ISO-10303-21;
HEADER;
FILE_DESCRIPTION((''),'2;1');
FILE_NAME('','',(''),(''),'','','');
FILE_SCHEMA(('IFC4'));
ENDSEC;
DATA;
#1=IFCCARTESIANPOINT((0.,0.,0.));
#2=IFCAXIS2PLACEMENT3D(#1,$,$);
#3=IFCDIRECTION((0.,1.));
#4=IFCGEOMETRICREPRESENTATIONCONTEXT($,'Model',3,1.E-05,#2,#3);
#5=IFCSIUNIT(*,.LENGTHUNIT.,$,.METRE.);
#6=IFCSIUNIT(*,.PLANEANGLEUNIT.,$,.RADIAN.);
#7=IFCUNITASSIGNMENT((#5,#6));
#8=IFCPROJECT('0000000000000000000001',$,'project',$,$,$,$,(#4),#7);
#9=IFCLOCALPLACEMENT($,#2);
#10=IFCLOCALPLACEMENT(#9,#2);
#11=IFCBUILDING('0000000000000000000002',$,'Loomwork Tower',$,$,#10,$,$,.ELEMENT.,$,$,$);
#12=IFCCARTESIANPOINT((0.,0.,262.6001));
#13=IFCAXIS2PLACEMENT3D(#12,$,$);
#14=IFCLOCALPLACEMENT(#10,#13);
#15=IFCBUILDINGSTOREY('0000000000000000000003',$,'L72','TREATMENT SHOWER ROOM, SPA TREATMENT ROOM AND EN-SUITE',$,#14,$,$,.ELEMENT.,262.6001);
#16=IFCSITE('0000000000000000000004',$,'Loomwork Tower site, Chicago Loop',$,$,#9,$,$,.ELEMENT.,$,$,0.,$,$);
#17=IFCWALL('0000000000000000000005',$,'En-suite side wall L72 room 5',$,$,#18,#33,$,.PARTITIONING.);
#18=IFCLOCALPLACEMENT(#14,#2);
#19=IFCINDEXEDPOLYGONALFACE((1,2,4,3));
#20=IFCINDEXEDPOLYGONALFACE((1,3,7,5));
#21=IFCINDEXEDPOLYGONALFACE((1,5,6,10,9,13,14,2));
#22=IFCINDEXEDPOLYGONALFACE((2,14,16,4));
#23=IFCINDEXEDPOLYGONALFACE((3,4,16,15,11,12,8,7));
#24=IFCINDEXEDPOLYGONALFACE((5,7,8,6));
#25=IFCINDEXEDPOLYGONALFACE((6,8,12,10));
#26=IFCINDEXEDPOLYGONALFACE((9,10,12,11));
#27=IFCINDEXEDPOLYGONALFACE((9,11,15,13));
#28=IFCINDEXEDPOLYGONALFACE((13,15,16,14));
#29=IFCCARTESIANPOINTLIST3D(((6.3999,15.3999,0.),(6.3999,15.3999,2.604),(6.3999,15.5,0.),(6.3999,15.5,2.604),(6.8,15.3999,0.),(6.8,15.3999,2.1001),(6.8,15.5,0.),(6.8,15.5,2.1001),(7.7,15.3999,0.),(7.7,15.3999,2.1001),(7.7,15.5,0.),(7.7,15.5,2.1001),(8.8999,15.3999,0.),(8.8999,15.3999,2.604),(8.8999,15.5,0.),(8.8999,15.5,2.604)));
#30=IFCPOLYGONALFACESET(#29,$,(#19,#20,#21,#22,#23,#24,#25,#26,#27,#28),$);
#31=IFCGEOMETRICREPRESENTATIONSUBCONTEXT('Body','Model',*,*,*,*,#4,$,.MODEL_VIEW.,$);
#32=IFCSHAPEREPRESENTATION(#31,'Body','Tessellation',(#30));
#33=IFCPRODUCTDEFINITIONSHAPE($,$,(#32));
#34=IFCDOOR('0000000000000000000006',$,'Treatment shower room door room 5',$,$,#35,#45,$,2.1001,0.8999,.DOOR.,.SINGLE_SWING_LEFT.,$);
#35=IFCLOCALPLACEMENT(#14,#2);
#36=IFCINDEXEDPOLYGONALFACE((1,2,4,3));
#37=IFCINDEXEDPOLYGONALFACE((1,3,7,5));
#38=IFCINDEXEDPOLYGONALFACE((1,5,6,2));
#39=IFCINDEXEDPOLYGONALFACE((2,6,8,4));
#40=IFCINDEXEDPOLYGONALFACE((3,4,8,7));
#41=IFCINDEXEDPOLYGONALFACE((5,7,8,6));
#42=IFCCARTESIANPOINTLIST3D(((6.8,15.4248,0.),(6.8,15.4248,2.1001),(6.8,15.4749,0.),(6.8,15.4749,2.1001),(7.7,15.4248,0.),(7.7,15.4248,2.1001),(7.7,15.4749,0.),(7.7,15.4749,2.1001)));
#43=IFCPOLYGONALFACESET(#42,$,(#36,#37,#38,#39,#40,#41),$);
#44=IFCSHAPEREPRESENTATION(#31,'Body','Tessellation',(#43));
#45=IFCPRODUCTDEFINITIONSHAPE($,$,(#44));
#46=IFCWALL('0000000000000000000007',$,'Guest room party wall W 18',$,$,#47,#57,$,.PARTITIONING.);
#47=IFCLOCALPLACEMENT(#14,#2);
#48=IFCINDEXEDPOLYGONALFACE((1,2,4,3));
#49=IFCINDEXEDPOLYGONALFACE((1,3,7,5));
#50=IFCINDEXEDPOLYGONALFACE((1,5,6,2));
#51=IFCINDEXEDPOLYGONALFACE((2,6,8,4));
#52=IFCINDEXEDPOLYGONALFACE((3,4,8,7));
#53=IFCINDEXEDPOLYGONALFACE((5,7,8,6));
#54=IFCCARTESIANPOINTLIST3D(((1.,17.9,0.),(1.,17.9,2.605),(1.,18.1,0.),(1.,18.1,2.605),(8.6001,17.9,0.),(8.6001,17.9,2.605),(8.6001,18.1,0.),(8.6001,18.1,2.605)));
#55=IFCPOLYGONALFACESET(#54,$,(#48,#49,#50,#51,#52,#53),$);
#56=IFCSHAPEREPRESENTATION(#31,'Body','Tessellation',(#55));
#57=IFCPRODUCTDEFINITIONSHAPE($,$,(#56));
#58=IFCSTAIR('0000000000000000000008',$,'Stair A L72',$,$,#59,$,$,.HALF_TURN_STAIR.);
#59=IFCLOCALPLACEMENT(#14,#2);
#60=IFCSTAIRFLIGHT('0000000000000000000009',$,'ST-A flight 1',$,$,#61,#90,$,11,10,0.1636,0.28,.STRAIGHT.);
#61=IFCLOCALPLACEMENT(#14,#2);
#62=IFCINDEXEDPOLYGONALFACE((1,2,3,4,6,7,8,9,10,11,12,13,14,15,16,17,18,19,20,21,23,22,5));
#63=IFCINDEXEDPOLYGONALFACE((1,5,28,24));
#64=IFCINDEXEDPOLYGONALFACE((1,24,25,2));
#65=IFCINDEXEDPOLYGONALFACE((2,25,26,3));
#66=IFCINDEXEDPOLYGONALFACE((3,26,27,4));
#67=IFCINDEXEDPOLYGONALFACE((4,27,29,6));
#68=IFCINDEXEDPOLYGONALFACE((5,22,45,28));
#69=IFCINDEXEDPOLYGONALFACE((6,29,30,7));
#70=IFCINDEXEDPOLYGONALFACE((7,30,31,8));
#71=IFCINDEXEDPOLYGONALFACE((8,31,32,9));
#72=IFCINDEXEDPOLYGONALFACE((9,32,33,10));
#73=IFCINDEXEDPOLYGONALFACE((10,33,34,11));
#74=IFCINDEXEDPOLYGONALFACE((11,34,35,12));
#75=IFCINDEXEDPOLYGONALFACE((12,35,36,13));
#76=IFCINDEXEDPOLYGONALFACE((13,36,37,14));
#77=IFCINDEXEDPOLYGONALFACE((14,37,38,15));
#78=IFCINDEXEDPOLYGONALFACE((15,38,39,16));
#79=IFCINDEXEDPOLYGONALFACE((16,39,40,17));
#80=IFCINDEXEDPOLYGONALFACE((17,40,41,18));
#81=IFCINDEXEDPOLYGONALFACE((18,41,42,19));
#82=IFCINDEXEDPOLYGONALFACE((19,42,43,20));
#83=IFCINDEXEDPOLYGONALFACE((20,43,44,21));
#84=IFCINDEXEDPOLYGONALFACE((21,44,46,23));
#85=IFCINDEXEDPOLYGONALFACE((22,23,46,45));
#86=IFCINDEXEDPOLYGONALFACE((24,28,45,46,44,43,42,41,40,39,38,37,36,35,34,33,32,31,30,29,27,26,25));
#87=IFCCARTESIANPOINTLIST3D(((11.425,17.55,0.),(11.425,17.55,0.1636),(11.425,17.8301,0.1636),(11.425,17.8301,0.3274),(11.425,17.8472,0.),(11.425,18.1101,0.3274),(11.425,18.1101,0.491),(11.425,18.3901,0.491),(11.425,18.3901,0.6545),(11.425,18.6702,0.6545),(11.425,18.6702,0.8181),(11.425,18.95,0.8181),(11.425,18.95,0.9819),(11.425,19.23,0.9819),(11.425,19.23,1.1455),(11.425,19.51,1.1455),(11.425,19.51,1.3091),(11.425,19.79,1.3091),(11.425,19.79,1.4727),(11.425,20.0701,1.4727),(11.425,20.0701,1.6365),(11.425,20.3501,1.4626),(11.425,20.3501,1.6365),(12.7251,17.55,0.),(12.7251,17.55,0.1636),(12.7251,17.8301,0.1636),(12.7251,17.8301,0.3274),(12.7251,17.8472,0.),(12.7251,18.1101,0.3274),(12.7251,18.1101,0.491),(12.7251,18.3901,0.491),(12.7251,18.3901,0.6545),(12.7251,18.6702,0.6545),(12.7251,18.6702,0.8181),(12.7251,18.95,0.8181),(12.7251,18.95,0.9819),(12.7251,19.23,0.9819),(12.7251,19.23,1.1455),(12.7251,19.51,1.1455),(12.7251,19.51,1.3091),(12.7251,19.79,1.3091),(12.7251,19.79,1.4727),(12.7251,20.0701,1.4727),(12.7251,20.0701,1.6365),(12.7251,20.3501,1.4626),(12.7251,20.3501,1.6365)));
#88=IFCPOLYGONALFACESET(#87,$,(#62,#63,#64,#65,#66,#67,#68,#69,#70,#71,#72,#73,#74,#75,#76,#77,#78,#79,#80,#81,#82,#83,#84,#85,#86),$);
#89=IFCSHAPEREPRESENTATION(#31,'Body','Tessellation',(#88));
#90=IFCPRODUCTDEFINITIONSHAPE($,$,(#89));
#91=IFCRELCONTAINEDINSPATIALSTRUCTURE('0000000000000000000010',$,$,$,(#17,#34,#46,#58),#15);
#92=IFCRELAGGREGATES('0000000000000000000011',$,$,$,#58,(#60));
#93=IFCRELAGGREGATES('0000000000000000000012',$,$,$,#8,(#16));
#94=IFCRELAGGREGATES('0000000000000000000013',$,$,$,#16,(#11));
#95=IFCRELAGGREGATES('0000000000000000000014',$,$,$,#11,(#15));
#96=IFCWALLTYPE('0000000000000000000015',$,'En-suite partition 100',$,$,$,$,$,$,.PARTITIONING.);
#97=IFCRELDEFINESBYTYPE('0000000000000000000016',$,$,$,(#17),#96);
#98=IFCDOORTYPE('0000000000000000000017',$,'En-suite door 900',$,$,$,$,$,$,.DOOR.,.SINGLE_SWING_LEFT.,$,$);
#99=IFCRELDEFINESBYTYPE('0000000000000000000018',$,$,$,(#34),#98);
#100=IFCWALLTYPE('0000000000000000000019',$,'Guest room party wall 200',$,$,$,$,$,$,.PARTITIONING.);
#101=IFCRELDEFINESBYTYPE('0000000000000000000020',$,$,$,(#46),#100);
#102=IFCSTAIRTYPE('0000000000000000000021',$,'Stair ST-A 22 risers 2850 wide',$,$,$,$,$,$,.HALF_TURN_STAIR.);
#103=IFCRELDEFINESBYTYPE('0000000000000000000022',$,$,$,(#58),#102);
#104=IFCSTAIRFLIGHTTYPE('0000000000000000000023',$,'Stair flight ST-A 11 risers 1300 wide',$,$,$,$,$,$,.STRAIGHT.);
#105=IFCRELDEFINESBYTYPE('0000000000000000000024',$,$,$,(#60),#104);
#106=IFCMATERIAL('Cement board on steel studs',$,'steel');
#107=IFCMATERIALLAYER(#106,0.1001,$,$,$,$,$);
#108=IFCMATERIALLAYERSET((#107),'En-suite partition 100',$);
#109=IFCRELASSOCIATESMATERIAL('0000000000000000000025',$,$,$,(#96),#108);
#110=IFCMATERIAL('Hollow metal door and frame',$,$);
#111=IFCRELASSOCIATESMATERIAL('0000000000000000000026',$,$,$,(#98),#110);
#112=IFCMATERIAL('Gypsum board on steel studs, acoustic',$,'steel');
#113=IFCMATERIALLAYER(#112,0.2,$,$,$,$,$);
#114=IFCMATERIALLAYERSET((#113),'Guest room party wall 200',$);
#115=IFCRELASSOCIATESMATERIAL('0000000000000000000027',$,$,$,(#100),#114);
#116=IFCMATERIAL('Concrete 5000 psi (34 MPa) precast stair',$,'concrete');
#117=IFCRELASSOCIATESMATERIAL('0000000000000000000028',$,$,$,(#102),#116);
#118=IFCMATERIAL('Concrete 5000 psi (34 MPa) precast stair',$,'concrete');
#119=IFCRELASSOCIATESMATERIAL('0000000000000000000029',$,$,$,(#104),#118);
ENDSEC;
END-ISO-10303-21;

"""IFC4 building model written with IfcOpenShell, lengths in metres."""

from ifc_helpers import new_model, si_unit, direction, frame, frame_2d, origin, place, context, subcontext, project, spatial, polyline, rectangle, outline, extrude, material, layer, layer_set, type_object, element, fill, aggregate, save


model = new_model("IFC4")

# Units and contexts
model_context = context("Model", 3, precision=1e-05, world=origin(), true_north=direction((0.0, 1.0)))
body_context = subcontext(model_context, "Body", "Model", "MODEL_VIEW")
ifc_project = project(units=[si_unit("LENGTHUNIT", "METRE"), si_unit("PLANEANGLEUNIT", "RADIAN")], contexts=[model_context])

# Site, building, storey
site_placement = place(None, origin())
site = spatial("IfcSite", under=ifc_project, at=site_placement, Name="Loomwork Tower site, Chicago Loop", CompositionType="ELEMENT", RefElevation=0.0)
building_placement = place(site_placement, origin())
building = spatial("IfcBuilding", under=site, at=building_placement, Name="Loomwork Tower", CompositionType="ELEMENT")
storey_placement = place(building_placement, frame((0.0, 0.0, 262.6001)))
storey = spatial("IfcBuildingStorey", under=building, at=storey_placement, Name="L72", Description="TREATMENT SHOWER ROOM, SPA TREATMENT ROOM AND EN-SUITE", CompositionType="ELEMENT", Elevation=262.6001)

# Wall, opening, door
ifc_material_1 = material(Name="Cement board on steel studs", Category="steel")
ifc_layer_1 = layer(ifc_material_1, 0.1001)
ifc_layer_set_1 = layer_set([ifc_layer_1], Name="En-suite partition 100")
wall_type_1 = type_object("IfcWallType", Name="En-suite partition 100", PredefinedType="PARTITIONING", material=ifc_layer_set_1)
wall_1_placement = place(storey_placement, frame((8.8999, 15.45, 0.0), z_axis=(0.0, 0.0, 1.0), x_axis=(-1.0, 0.0, 0.0)))
wall_1 = element("IfcWall", 1, at=wall_1_placement, inside=storey, type_object=wall_type_1, Name="En-suite side wall L72 room 5", PredefinedType="PARTITIONING", context=body_context, shape_type="SweptSolid", body=[
    extrude(rectangle(XDim=2.5, YDim=0.1001, at=frame_2d((1.25, 0.0))), origin(), (0.0, 0.0, 1.0), 2.604),
])
opening_1_placement = place(wall_1_placement, frame((1.2, 0.0, 0.0)))
opening_1 = element("IfcOpeningElement", 2, at=opening_1_placement, cuts=wall_1, PredefinedType="OPENING", context=body_context, shape_type="SweptSolid", body=[
    extrude(rectangle(XDim=0.8999, YDim=2.1001, at=frame_2d((0.45, 1.05))), frame((0.0, 0.0601, 0.0), z_axis=(0.0, -1.0, 0.0), x_axis=(1.0, 0.0, 0.0)), (0.0, 0.0, 1.0), 0.1201),
])
ifc_material_2 = material(Name="Hollow metal door and frame")
door_type_1 = type_object("IfcDoorType", Name="En-suite door 900", OperationType="SINGLE_SWING_LEFT", PredefinedType="DOOR", material=ifc_material_2)
door_1_placement = place(opening_1_placement, frame((0.8999, 0.0, 0.0), z_axis=(0.0, 0.0, 1.0), x_axis=(-1.0, 0.0, 0.0)))
door_1 = element("IfcDoor", 3, at=door_1_placement, inside=storey, type_object=door_type_1, Name="Treatment shower room door room 5", OperationType="SINGLE_SWING_LEFT", OverallHeight=2.1001, OverallWidth=0.8999, PredefinedType="DOOR", context=body_context, shape_type="SweptSolid", body=[
    extrude(rectangle(XDim=0.8999, YDim=2.1001, at=frame_2d((0.45, 1.05))), frame((0.0, 0.0249, 0.0), z_axis=(0.0, -1.0, 0.0), x_axis=(1.0, 0.0, 0.0)), (0.0, 0.0, 1.0), 0.05),
])
fill(opening_1, door_1)

# Wall
ifc_material_3 = material(Name="Gypsum board on steel studs, acoustic", Category="steel")
ifc_layer_2 = layer(ifc_material_3, 0.2)
ifc_layer_set_2 = layer_set([ifc_layer_2], Name="Guest room party wall 200")
wall_type_2 = type_object("IfcWallType", Name="Guest room party wall 200", PredefinedType="PARTITIONING", material=ifc_layer_set_2)
wall_2_placement = place(storey_placement, frame((8.6001, 18.0, 0.0), z_axis=(0.0, 0.0, 1.0), x_axis=(-1.0, 0.0, 0.0)))
element("IfcWall", 4, at=wall_2_placement, inside=storey, type_object=wall_type_2, Name="Guest room party wall W 18", PredefinedType="PARTITIONING", context=body_context, shape_type="SweptSolid", body=[
    extrude(rectangle(XDim=7.6001, YDim=0.2, at=frame_2d((3.8, 0.0))), origin(), (0.0, 0.0, 1.0), 2.605),
])

# Stair, stair flight
ifc_material_4 = material(Name="Concrete 5000 psi (34 MPa) precast stair", Category="concrete")
stair_type = type_object("IfcStairType", Name="Stair ST-A 22 risers 2850 wide", PredefinedType="HALF_TURN_STAIR", material=ifc_material_4)
stair_placement = place(storey_placement, origin())
stair = element("IfcStair", 5, at=stair_placement, inside=storey, type_object=stair_type, Name="Stair A L72", PredefinedType="HALF_TURN_STAIR")
ifc_material_5 = material(Name="Concrete 5000 psi (34 MPa) precast stair", Category="concrete")
stair_flight_type = type_object("IfcStairFlightType", Name="Stair flight ST-A 11 risers 1300 wide", PredefinedType="STRAIGHT", material=ifc_material_5)
stair_flight_placement = place(storey_placement, frame((12.075, 17.55, 0.0), z_axis=(0.0, 0.0, 1.0), x_axis=(0.0, 1.0, 0.0)))
stair_flight = element("IfcStairFlight", 6, at=stair_flight_placement, type_object=stair_flight_type, Name="ST-A flight 1", NumberOfRisers=11, NumberOfTreads=10, PredefinedType="STRAIGHT", RiserHeight=0.1636, TreadLength=0.28, context=body_context, shape_type="SweptSolid", body=[
    extrude(outline(polyline([(0.0, 0.0), (0.0, 0.1636), (0.28, 0.1636), (0.28, 0.3274), (0.5601, 0.3274), (0.5601, 0.491), (0.8401, 0.491), (0.8401, 0.6545), (1.1201, 0.6545), (1.1201, 0.8181), (1.3999, 0.8181), (1.3999, 0.9819), (1.6799, 0.9819), (1.6799, 1.1455), (1.96, 1.1455), (1.96, 1.3091), (2.24, 1.3091), (2.24, 1.4727), (2.52, 1.4727), (2.52, 1.6365), (2.8, 1.6365), (2.8, 1.8), (2.8, 1.4626), (0.2971, 0.0), (0.0, 0.0)])), frame((0.0, 0.6499, 0.0), z_axis=(0.0, -1.0, 0.0), x_axis=(1.0, 0.0, 0.0)), (0.0, 0.0, 1.0), 1.3),
])
aggregate(stair, [stair_flight])

save(model, "model.ifc")
